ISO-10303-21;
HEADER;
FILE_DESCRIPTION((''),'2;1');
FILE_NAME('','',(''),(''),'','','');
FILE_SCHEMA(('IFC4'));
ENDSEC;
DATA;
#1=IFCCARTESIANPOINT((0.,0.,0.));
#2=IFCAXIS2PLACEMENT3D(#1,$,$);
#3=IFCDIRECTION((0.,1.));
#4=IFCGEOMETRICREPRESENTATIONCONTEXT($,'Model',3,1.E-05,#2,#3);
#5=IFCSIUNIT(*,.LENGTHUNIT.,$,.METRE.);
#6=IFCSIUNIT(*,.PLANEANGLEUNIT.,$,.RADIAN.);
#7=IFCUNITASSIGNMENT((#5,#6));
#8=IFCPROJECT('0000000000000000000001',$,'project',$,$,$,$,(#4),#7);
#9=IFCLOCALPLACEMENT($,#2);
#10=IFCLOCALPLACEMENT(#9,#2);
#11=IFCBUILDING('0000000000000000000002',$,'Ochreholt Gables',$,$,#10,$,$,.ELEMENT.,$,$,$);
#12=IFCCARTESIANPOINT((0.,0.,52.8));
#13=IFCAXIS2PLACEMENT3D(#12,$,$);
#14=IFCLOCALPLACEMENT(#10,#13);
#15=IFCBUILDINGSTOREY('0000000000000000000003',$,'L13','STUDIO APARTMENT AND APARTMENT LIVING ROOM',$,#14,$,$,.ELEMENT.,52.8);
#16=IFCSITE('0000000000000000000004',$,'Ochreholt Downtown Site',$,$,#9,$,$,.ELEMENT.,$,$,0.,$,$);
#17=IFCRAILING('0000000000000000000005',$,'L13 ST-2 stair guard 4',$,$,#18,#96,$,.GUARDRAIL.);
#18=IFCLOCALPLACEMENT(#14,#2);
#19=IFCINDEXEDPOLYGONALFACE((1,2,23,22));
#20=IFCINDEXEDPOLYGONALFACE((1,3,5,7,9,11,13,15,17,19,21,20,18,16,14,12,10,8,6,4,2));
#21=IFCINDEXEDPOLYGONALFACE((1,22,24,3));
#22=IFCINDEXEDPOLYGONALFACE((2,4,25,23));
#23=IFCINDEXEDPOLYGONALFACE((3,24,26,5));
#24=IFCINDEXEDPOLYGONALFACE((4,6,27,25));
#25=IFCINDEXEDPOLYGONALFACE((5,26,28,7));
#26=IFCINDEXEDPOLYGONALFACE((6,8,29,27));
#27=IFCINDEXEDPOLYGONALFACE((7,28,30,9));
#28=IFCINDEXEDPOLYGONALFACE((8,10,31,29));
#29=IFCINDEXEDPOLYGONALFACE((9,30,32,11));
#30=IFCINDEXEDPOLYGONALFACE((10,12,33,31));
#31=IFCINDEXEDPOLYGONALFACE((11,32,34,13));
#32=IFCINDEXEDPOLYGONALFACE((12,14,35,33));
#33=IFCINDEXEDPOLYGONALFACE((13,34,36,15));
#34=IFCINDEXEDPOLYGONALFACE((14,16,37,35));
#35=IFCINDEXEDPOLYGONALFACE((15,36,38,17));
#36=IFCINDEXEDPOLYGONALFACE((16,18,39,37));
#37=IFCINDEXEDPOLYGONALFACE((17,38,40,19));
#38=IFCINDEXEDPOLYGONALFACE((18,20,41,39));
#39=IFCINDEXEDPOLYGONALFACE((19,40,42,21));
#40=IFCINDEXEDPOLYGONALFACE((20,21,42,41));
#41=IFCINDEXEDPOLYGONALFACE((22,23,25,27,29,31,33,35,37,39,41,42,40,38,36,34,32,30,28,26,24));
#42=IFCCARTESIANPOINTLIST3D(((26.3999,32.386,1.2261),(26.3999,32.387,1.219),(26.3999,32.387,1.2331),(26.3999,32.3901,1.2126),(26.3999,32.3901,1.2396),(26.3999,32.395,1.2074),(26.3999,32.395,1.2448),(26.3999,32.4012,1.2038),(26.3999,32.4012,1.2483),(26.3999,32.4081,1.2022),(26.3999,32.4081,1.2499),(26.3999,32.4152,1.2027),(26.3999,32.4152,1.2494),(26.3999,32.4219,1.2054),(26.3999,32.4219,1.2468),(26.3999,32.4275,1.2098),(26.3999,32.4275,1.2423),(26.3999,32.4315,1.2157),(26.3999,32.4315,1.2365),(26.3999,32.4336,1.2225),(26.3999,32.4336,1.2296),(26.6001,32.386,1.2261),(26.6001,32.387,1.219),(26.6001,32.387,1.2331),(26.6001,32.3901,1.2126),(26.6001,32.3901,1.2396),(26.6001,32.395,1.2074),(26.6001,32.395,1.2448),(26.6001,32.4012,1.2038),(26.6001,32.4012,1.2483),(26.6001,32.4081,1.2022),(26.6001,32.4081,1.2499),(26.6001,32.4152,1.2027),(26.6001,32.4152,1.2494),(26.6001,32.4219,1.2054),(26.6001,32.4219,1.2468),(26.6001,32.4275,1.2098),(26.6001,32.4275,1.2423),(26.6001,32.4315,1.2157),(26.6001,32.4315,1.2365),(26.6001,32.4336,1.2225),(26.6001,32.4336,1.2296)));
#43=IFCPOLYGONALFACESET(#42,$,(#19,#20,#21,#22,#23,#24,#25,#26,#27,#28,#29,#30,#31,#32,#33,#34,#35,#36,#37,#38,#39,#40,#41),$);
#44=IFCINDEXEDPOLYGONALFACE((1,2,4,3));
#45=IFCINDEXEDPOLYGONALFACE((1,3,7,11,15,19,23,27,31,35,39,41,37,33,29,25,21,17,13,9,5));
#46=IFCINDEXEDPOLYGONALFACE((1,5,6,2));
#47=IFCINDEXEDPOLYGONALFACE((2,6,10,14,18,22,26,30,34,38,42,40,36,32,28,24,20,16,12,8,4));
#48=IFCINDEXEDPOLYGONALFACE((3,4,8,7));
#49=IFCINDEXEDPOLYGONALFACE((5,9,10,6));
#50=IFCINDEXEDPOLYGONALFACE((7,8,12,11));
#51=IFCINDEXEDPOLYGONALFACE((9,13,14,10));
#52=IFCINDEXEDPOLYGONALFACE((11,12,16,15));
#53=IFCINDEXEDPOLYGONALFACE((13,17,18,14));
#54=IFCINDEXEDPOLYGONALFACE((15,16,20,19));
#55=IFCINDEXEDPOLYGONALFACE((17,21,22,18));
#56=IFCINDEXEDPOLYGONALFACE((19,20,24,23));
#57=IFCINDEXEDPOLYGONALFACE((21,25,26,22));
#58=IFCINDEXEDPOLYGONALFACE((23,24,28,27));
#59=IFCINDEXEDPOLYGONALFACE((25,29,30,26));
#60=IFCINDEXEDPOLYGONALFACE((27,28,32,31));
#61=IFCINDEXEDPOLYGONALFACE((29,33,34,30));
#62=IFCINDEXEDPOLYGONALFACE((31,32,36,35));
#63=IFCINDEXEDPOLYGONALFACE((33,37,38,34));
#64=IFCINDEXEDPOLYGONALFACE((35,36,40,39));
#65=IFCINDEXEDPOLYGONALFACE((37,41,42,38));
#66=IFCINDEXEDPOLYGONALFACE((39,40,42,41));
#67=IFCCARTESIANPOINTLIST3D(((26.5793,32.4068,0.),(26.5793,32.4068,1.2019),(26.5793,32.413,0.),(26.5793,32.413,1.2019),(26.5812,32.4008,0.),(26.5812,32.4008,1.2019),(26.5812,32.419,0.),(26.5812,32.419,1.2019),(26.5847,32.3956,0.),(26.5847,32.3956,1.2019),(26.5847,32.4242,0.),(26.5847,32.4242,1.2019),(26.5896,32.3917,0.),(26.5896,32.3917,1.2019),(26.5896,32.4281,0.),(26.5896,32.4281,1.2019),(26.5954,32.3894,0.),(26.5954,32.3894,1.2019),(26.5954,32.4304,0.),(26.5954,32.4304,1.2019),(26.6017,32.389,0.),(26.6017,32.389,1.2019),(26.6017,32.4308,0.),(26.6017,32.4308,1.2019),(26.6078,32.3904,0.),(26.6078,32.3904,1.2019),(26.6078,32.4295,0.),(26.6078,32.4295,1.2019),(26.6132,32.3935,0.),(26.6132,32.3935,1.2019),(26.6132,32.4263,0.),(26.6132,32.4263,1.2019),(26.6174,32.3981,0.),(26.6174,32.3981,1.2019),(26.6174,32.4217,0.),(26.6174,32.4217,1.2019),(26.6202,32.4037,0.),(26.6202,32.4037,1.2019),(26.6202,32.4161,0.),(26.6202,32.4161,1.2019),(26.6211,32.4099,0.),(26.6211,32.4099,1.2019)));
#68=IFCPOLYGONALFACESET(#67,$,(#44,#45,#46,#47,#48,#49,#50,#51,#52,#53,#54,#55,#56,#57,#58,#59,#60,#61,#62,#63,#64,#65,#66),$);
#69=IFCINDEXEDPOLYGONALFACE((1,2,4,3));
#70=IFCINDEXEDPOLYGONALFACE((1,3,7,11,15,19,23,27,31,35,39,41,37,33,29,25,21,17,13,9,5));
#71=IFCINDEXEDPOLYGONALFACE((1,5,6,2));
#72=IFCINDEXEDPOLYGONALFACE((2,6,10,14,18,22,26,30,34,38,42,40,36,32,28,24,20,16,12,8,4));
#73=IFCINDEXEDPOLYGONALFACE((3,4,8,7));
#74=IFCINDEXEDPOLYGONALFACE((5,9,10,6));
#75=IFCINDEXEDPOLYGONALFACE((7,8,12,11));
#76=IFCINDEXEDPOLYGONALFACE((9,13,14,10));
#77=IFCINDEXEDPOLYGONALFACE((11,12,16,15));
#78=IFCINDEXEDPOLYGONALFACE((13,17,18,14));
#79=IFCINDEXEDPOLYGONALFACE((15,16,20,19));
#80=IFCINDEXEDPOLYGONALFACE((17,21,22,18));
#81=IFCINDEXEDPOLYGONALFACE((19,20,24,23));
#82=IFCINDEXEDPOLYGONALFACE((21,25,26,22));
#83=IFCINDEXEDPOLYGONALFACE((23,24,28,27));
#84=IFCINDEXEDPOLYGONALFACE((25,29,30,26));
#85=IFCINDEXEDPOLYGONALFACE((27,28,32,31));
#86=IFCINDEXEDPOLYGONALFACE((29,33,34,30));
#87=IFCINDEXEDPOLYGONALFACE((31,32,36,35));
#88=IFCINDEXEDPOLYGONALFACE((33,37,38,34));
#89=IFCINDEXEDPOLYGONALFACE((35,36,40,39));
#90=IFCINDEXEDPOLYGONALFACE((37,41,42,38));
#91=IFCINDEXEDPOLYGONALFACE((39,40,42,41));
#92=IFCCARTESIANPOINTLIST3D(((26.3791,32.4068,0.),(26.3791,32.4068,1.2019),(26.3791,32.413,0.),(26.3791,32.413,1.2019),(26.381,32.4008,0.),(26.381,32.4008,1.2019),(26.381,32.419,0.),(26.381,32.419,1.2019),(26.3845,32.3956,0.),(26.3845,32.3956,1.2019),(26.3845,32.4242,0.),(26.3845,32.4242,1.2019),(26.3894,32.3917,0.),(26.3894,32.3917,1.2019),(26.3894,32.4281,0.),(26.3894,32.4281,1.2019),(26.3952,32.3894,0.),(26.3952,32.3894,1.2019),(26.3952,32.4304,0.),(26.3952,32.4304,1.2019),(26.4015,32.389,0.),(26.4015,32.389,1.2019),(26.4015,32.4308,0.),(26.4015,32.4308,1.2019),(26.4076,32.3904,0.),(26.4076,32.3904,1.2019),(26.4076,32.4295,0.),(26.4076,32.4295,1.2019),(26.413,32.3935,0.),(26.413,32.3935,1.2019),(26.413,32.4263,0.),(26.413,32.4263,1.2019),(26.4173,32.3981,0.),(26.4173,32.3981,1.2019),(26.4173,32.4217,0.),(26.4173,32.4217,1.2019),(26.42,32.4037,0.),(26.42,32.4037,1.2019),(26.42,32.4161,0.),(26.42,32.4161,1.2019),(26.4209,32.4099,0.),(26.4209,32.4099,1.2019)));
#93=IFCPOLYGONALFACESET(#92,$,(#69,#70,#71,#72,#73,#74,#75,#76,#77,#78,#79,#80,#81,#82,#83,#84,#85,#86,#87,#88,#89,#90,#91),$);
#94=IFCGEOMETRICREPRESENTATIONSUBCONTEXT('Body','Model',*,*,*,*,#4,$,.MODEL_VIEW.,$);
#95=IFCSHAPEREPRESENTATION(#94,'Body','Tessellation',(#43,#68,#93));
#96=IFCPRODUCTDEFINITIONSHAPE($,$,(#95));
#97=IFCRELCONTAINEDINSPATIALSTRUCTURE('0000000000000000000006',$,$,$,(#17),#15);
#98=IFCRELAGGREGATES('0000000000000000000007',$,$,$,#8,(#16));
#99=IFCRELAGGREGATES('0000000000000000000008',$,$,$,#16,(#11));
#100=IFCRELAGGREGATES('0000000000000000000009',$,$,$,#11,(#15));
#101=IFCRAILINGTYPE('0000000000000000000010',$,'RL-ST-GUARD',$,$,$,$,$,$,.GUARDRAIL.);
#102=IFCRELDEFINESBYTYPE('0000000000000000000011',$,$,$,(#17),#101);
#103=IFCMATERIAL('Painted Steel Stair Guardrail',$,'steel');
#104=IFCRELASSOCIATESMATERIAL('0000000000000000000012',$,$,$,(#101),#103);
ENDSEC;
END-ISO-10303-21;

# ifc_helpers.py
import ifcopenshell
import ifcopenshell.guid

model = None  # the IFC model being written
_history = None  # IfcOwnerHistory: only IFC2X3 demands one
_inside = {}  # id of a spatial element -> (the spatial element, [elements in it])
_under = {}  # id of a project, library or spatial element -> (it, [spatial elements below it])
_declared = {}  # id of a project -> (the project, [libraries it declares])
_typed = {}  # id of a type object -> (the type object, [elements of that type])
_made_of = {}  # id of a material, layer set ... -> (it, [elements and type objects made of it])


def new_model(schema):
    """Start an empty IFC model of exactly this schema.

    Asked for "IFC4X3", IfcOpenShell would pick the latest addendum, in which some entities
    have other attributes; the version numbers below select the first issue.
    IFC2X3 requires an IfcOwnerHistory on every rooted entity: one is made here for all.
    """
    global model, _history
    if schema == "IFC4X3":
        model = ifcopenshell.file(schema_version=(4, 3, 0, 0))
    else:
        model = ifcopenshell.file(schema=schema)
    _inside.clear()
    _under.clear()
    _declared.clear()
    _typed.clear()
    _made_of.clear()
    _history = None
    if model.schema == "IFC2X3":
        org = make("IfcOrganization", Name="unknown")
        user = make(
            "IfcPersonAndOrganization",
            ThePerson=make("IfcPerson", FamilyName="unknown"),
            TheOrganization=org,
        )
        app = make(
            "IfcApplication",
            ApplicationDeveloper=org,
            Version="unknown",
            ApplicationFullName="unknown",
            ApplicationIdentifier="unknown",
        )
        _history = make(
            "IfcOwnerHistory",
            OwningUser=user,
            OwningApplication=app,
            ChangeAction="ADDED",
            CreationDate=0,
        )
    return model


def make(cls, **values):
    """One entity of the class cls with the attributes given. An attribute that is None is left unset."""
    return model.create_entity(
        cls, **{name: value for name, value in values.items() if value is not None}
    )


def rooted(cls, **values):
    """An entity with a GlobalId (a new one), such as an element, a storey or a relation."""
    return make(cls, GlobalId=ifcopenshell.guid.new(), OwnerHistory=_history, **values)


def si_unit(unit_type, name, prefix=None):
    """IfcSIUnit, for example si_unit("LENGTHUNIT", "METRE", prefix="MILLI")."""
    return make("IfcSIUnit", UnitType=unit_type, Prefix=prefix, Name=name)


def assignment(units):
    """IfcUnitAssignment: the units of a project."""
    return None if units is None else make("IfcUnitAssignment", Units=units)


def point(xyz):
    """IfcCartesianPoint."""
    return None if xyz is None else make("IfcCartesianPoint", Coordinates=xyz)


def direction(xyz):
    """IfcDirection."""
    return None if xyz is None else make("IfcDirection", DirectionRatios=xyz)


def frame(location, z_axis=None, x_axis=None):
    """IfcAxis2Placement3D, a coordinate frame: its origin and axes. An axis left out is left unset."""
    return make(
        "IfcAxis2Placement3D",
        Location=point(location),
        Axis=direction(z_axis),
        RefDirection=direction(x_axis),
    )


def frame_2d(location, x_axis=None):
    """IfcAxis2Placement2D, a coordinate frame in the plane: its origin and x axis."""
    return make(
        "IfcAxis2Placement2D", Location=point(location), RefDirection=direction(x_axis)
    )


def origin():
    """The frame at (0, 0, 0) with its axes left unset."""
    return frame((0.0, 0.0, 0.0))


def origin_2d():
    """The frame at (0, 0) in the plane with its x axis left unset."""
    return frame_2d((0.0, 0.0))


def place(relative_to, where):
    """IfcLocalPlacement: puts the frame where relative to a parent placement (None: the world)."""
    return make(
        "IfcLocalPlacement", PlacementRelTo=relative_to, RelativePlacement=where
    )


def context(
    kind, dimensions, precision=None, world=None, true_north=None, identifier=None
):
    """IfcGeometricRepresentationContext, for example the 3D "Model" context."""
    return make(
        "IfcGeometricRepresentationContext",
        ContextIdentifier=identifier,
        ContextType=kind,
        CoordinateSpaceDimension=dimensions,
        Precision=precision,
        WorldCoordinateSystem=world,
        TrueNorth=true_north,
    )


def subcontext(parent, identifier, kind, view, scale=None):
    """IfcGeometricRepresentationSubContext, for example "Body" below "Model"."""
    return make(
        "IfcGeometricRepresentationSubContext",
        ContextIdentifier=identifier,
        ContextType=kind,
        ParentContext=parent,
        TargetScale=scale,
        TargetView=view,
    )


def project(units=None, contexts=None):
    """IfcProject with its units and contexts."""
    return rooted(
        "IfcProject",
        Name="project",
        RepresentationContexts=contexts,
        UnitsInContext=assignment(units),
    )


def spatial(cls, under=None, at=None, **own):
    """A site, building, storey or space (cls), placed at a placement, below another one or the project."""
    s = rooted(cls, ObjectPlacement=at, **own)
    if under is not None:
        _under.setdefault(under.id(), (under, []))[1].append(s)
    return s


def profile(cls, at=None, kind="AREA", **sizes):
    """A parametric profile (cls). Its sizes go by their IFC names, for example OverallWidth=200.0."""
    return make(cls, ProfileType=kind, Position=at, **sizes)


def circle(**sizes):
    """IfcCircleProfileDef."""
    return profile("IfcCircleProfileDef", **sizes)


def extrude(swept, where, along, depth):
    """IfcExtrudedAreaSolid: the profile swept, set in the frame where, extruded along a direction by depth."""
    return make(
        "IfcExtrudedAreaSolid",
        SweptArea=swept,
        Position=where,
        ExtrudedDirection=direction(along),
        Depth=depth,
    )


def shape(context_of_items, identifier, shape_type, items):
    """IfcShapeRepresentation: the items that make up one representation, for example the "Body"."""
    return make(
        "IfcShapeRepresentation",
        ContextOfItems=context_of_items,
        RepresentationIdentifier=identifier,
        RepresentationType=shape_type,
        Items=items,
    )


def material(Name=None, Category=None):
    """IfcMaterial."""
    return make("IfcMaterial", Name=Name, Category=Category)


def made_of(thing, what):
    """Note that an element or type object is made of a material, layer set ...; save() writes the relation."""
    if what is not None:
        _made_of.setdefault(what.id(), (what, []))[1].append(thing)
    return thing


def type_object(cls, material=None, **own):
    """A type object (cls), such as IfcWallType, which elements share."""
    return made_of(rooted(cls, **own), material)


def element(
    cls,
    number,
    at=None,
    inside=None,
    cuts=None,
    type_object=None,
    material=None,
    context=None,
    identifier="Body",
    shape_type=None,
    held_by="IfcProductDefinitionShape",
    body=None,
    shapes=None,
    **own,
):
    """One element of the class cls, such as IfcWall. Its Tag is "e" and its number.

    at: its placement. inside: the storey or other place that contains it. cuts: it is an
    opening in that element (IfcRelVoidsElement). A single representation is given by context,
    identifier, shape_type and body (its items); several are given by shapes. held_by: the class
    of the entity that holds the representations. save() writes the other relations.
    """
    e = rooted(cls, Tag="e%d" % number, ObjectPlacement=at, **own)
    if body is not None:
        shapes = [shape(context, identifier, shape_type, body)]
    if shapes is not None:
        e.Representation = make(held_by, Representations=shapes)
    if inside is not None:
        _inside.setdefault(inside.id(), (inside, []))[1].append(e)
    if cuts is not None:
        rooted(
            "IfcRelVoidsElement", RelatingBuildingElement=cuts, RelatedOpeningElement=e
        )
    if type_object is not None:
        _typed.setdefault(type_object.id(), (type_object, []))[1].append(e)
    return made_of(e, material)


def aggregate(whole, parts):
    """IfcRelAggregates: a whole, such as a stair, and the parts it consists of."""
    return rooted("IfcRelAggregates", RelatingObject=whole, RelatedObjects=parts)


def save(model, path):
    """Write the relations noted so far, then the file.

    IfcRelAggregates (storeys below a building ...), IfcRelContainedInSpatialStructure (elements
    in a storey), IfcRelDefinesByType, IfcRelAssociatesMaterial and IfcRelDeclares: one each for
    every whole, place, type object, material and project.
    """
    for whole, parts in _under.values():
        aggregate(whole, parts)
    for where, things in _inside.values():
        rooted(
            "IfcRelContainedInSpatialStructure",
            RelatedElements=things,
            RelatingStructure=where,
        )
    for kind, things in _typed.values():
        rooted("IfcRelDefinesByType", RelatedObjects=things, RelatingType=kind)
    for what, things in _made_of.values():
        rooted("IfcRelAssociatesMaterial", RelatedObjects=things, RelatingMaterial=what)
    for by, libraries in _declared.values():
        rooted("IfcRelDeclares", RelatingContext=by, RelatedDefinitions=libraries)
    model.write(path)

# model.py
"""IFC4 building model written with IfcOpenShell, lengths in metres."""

from ifc_helpers import new_model, si_unit, direction, frame, origin, origin_2d, place, context, subcontext, project, spatial, circle, extrude, material, type_object, element, save


model = new_model("IFC4")

# Units and contexts
model_context = context("Model", 3, precision=1e-05, world=origin(), true_north=direction((0.0, 1.0)))
body_context = subcontext(model_context, "Body", "Model", "MODEL_VIEW")
ifc_project = project(units=[si_unit("LENGTHUNIT", "METRE"), si_unit("PLANEANGLEUNIT", "RADIAN")], contexts=[model_context])

# Site, building, storey
site_placement = place(None, origin())
site = spatial("IfcSite", under=ifc_project, at=site_placement, Name="Ochreholt Downtown Site", CompositionType="ELEMENT", RefElevation=0.0)
building_placement = place(site_placement, origin())
building = spatial("IfcBuilding", under=site, at=building_placement, Name="Ochreholt Gables", CompositionType="ELEMENT")
storey_placement = place(building_placement, frame((0.0, 0.0, 52.8)))
storey = spatial("IfcBuildingStorey", under=building, at=storey_placement, Name="L13", Description="STUDIO APARTMENT AND APARTMENT LIVING ROOM", CompositionType="ELEMENT", Elevation=52.8)

# Railing
ifc_material_1 = material(Name="Painted Steel Stair Guardrail", Category="steel")
railing_type_1 = type_object("IfcRailingType", Name="RL-ST-GUARD", PredefinedType="GUARDRAIL", material=ifc_material_1)
railing_1_placement = place(storey_placement, frame((26.6001, 32.4099, 0.0)))
element("IfcRailing", 1, at=railing_1_placement, inside=storey, type_object=railing_type_1, Name="L13 ST-2 stair guard 4", PredefinedType="GUARDRAIL", context=body_context, shape_type="SweptSolid", body=[
    extrude(circle(Radius=0.0239, at=origin_2d()), frame((0.0, 0.0, 1.2261), z_axis=(-1.0, 0.0, 0.0), x_axis=(0.0, -1.0, 0.0)), (0.0, 0.0, 1.0), 0.2002),
    extrude(circle(Radius=0.021, at=origin_2d()), origin(), (0.0, 0.0, 1.0), 1.2019),
    extrude(circle(Radius=0.021, at=origin_2d()), frame((-0.2002, 0.0, 0.0)), (0.0, 0.0, 1.0), 1.2019),
])

save(model, "model.ifc")
